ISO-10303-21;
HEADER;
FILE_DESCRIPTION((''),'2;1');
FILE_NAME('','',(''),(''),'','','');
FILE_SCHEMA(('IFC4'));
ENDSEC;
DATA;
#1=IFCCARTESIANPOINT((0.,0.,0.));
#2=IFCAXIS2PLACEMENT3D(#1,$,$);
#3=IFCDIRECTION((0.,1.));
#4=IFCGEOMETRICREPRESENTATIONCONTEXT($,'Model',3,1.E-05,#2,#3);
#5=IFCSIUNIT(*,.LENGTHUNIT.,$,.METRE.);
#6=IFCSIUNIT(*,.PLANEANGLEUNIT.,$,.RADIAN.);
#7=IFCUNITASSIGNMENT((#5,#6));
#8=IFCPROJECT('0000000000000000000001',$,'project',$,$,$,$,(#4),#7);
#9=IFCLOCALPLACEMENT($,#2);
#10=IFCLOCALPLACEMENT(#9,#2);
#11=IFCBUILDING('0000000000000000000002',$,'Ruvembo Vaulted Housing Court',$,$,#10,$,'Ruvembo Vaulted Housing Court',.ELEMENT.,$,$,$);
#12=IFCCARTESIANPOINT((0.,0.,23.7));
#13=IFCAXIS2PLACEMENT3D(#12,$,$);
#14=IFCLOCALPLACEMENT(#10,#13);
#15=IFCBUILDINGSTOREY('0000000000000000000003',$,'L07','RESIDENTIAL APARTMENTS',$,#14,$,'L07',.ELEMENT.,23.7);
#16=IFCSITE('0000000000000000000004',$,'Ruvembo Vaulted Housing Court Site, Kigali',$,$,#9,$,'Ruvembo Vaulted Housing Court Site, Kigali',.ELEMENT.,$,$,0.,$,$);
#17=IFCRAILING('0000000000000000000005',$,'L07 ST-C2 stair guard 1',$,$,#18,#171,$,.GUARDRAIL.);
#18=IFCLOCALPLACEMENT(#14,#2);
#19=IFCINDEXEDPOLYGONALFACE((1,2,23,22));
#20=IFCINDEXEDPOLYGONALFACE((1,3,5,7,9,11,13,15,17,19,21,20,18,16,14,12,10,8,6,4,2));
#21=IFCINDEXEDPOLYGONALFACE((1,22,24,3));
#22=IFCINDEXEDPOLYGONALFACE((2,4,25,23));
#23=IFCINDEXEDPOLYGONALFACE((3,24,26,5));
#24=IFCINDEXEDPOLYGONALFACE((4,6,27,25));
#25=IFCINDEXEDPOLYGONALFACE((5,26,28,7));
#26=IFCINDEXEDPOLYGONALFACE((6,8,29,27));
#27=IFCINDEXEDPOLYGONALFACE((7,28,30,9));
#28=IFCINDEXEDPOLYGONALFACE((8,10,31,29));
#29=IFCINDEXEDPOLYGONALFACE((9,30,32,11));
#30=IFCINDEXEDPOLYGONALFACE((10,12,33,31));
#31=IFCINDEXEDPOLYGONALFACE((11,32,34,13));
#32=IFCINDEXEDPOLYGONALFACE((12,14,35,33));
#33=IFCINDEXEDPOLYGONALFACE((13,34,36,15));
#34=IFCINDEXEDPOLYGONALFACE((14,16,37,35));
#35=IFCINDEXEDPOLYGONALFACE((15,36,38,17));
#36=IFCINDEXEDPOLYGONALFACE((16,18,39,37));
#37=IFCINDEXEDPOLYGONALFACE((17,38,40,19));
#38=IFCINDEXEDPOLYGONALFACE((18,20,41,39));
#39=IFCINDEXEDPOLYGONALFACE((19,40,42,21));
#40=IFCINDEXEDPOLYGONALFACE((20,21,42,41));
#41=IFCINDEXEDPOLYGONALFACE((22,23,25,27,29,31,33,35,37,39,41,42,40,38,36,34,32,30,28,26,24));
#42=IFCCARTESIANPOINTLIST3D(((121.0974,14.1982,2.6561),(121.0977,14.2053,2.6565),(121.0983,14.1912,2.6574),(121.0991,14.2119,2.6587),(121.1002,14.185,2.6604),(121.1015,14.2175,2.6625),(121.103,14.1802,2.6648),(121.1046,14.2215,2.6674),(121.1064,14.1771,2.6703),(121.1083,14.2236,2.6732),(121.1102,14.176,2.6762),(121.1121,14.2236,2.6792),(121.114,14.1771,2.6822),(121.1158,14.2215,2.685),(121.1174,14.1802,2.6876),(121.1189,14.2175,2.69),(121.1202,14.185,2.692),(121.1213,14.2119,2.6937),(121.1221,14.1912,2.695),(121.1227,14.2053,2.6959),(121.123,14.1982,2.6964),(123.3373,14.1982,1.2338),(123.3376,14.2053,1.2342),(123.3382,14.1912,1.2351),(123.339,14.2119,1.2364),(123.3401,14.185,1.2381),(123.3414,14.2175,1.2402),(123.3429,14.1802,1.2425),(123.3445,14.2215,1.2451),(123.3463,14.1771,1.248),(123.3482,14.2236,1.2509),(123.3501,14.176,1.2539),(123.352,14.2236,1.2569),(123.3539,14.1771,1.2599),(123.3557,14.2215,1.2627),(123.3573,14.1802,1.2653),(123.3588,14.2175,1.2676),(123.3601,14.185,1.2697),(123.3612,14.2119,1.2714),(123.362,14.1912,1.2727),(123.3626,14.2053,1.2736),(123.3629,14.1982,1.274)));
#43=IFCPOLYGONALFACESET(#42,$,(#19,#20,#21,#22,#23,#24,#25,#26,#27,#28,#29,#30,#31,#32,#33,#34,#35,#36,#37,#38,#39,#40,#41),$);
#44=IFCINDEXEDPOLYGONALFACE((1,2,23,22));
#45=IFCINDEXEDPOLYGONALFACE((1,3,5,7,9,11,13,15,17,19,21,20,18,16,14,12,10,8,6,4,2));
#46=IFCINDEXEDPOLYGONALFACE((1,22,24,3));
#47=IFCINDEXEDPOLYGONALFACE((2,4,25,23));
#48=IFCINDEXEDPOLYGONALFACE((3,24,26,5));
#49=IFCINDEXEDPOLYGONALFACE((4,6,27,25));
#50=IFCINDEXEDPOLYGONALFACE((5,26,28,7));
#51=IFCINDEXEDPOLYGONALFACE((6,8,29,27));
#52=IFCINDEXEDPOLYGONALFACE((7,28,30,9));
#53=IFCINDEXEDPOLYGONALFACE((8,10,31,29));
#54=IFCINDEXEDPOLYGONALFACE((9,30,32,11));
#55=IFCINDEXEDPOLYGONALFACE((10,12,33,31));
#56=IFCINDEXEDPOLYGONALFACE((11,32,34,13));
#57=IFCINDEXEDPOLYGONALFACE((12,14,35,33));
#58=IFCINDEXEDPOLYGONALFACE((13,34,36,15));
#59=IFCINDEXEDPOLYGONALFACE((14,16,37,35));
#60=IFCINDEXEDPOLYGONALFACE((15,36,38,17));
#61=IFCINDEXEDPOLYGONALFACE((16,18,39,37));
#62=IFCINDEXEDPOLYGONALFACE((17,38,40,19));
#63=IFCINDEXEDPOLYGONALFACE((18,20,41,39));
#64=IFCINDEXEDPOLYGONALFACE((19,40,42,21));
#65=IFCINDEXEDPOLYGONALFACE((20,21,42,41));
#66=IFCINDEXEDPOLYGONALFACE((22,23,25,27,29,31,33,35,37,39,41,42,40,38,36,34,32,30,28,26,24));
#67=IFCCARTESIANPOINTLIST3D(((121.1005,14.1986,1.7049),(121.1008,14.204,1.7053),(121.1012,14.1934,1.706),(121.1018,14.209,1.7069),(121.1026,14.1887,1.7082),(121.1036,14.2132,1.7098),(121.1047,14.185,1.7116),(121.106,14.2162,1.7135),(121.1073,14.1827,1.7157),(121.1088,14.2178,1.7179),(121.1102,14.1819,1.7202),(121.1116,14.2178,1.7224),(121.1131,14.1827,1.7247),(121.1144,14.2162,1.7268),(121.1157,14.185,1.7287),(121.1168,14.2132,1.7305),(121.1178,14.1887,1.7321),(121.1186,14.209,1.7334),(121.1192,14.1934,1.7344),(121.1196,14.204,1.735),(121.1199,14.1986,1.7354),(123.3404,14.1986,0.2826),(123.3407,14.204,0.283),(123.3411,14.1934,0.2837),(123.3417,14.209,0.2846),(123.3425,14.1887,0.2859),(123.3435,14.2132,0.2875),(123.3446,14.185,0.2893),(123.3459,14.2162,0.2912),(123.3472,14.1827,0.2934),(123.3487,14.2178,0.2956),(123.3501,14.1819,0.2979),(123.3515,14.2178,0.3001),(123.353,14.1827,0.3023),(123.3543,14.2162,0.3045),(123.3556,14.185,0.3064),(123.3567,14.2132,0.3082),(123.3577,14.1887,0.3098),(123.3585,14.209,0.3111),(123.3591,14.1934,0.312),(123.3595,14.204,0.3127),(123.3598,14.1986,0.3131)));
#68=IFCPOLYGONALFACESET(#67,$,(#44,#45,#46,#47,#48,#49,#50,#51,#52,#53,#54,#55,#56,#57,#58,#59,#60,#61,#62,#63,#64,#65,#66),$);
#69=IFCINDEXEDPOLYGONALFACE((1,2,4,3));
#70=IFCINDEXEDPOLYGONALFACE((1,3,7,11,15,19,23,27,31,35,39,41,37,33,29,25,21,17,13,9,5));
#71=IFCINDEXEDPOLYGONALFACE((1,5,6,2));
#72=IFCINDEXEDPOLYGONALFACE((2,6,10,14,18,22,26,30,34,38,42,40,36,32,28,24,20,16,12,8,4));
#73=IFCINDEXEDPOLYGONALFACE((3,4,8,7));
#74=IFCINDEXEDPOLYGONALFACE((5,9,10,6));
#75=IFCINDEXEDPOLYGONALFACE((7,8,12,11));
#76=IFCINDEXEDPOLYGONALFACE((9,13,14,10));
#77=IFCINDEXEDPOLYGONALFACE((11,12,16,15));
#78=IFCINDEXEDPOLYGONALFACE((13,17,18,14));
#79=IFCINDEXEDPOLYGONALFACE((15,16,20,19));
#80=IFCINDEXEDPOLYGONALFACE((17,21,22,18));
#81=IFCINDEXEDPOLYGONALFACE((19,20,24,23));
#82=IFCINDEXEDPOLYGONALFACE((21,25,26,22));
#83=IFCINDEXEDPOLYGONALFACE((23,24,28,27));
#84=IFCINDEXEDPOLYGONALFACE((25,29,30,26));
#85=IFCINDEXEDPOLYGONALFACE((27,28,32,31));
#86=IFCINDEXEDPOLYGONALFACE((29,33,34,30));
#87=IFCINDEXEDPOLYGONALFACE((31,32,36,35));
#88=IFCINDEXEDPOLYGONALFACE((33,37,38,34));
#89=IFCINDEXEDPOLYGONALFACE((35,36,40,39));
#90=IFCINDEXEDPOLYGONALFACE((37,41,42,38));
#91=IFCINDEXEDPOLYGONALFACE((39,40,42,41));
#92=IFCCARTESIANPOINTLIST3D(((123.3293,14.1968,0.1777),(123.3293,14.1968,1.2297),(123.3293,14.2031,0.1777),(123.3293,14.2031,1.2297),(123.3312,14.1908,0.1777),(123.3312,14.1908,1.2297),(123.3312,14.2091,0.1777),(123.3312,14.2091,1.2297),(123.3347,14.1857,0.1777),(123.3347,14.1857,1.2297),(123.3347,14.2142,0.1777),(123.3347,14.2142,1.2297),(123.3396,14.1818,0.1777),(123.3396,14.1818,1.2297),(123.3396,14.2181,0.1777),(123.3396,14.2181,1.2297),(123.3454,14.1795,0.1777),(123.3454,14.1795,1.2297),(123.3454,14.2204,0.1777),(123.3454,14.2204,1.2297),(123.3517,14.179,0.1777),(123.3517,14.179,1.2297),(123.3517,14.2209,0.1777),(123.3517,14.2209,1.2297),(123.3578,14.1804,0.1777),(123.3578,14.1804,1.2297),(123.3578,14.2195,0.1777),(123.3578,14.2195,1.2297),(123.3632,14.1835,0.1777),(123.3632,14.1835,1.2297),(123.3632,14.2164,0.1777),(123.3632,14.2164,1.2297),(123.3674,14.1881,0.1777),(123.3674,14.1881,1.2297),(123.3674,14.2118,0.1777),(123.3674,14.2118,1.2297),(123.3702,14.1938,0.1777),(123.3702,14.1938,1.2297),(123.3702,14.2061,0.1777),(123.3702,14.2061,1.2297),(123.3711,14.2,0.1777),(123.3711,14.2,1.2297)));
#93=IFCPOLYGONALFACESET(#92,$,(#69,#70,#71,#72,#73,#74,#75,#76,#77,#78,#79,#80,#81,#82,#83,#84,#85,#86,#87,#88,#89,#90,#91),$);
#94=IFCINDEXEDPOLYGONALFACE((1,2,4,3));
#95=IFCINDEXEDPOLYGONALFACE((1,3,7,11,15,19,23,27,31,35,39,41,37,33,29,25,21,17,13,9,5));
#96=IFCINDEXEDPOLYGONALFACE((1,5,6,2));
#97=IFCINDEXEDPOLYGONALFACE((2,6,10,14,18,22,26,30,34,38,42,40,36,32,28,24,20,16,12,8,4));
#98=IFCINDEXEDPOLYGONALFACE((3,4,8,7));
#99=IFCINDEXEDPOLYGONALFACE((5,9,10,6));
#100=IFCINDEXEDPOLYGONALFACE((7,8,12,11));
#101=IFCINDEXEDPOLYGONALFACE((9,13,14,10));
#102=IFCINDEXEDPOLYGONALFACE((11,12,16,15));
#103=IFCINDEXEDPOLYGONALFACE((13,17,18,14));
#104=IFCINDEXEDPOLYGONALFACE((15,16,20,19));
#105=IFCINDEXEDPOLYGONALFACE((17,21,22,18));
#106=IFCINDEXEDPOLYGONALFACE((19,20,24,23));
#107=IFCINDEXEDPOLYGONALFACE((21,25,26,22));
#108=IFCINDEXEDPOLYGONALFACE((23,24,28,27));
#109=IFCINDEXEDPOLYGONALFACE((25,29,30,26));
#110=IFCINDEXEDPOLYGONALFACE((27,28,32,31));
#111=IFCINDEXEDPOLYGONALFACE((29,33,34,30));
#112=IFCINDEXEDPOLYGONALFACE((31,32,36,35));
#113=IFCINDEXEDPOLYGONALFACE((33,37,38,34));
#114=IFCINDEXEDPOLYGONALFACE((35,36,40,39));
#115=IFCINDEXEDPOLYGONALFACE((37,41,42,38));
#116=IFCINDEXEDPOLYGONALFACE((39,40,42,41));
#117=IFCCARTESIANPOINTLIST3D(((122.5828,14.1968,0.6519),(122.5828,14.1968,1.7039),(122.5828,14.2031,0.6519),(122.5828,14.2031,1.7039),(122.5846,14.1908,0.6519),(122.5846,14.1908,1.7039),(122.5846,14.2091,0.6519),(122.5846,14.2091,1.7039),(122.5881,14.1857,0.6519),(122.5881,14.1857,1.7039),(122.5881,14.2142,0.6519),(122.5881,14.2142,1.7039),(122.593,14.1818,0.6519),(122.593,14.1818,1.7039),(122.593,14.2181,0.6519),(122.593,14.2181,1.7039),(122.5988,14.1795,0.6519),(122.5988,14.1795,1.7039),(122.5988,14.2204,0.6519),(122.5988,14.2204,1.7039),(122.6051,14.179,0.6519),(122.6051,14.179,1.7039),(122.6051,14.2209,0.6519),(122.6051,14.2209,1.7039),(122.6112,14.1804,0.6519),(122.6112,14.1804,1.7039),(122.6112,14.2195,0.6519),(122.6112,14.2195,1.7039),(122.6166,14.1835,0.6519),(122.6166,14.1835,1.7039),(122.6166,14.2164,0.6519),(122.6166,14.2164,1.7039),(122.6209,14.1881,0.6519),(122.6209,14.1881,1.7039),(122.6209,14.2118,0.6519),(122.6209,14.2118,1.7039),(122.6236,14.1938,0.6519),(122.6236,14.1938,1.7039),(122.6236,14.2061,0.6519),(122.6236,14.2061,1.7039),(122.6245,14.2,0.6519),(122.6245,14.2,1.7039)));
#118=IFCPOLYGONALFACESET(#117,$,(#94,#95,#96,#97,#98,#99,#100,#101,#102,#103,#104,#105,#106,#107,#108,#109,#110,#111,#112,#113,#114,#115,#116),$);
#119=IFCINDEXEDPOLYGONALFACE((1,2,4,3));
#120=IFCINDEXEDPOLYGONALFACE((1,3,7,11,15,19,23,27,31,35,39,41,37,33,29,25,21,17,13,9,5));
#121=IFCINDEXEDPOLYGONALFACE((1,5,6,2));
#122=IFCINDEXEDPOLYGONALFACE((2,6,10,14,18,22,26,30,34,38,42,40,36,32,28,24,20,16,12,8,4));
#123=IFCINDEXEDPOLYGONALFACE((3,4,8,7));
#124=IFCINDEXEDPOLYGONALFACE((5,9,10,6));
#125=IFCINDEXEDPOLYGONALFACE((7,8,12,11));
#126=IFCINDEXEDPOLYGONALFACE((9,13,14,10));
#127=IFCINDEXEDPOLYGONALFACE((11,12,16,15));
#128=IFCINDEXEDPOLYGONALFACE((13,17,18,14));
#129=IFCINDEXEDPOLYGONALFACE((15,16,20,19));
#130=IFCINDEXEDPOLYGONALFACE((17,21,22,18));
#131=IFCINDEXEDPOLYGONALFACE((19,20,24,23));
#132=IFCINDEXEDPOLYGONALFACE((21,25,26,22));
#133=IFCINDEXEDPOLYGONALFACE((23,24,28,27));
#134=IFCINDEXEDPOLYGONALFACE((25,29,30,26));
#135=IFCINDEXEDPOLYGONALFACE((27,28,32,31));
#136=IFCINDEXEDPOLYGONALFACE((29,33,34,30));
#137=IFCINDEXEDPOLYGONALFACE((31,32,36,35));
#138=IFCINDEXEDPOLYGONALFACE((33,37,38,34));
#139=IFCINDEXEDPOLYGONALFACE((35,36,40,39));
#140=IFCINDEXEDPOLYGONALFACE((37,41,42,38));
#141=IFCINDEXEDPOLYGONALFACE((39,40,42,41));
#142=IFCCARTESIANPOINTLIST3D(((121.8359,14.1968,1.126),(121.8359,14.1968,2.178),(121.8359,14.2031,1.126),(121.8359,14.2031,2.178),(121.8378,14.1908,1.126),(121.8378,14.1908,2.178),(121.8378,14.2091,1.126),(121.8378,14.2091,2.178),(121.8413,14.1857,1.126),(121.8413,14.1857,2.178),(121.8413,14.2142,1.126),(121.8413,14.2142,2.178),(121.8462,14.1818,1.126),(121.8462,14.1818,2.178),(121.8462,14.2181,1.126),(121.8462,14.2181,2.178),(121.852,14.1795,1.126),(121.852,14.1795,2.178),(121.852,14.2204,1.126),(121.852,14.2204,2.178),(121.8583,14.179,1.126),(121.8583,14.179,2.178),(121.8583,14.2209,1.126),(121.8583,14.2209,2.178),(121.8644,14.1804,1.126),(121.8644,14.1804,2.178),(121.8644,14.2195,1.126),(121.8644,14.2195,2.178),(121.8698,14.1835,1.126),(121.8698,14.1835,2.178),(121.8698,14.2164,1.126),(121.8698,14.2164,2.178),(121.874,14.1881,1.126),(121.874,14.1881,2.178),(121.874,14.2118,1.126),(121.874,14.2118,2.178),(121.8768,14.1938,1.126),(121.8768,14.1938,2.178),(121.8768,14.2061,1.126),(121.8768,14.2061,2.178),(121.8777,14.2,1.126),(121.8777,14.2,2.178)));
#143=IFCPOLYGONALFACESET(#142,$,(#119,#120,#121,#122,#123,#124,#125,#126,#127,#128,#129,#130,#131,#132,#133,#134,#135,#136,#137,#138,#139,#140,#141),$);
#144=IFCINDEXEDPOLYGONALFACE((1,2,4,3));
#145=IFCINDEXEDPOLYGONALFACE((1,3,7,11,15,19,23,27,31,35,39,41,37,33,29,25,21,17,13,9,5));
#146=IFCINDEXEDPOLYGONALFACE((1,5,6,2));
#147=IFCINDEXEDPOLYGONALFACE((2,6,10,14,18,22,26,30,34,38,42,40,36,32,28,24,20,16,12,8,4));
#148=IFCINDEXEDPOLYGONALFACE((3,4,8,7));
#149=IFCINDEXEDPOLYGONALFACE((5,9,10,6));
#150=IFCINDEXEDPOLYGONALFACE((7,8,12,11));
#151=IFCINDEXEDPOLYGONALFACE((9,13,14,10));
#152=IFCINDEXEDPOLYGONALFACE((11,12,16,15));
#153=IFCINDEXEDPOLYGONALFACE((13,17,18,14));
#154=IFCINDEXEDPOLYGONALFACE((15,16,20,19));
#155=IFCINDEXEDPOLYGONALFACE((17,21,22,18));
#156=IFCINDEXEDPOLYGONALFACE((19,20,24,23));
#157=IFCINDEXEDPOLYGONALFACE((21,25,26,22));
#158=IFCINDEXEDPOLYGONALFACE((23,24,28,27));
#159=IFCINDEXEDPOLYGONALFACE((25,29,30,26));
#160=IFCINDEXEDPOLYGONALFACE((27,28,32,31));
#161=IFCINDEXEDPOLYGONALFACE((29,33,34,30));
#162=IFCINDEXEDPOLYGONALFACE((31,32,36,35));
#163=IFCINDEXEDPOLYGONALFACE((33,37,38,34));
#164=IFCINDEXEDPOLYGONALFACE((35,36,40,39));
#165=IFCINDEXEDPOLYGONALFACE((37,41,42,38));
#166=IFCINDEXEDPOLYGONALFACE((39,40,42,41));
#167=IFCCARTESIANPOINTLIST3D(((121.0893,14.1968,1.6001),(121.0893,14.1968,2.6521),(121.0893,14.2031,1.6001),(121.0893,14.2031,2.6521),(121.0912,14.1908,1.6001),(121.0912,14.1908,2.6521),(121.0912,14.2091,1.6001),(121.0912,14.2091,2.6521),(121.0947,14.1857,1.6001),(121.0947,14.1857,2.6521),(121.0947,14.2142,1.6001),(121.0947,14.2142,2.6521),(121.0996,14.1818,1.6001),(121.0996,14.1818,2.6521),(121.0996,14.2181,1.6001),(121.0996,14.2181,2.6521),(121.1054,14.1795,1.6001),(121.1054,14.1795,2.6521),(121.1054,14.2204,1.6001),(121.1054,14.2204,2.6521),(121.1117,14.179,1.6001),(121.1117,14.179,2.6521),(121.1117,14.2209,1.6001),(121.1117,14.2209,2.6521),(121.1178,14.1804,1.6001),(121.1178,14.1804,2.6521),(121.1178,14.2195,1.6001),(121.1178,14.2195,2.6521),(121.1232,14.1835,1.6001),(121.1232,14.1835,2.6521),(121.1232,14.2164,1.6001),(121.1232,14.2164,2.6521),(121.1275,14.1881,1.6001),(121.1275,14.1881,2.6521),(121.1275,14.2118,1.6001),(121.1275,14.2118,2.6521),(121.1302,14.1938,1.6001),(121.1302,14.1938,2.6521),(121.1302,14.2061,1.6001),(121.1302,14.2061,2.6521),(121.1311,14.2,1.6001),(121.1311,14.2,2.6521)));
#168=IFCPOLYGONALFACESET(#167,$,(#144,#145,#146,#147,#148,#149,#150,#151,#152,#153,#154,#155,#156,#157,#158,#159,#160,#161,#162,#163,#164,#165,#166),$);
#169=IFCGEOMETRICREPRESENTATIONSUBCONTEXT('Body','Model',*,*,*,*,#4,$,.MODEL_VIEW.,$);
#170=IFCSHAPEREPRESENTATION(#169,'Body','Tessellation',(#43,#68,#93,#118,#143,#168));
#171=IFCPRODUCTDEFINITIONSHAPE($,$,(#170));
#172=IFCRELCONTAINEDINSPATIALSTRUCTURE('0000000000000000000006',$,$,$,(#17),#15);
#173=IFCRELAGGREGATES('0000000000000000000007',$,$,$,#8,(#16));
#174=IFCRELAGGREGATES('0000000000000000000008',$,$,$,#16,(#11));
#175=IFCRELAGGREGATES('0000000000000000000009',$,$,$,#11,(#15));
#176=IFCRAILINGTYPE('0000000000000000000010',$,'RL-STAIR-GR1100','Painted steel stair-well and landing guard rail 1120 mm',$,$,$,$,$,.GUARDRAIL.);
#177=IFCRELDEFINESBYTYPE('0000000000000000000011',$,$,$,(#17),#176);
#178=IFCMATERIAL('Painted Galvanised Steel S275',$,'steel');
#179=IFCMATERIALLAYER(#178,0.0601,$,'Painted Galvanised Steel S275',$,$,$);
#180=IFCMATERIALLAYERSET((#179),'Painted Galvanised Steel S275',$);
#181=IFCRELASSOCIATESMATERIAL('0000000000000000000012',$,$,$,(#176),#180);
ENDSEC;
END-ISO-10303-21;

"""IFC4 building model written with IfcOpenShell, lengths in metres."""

from ifc_helpers import new_model, si_unit, direction, frame, origin, origin_2d, place, context, subcontext, project, spatial, circle, extrude, material, layer, layer_set, type_object, element, save


model = new_model("IFC4")

# Units and contexts
model_context = context("Model", 3, precision=1e-05, world=origin(), true_north=direction((0.0, 1.0)))
body_context = subcontext(model_context, "Body", "Model", "MODEL_VIEW")
ifc_project = project(units=[si_unit("LENGTHUNIT", "METRE"), si_unit("PLANEANGLEUNIT", "RADIAN")], contexts=[model_context])

# Site, building, storey
site_placement = place(None, origin())
site = spatial("IfcSite", under=ifc_project, at=site_placement, Name="Ruvembo Vaulted Housing Court Site, Kigali", LongName="Ruvembo Vaulted Housing Court Site, Kigali", CompositionType="ELEMENT", RefElevation=0.0)
building_placement = place(site_placement, origin())
building = spatial("IfcBuilding", under=site, at=building_placement, Name="Ruvembo Vaulted Housing Court", LongName="Ruvembo Vaulted Housing Court", CompositionType="ELEMENT")
storey_placement = place(building_placement, frame((0.0, 0.0, 23.7)))
storey = spatial("IfcBuildingStorey", under=building, at=storey_placement, Name="L07", Description="RESIDENTIAL APARTMENTS", LongName="L07", CompositionType="ELEMENT", Elevation=23.7)

# Railing
ifc_material_1 = material(Name="Painted Galvanised Steel S275", Category="steel")
ifc_layer_1 = layer(ifc_material_1, 0.0601, Name="Painted Galvanised Steel S275")
ifc_layer_set_1 = layer_set([ifc_layer_1], Name="Painted Galvanised Steel S275")
railing_type_1 = type_object("IfcRailingType", Name="RL-STAIR-GR1100", Description="Painted steel stair-well and landing guard rail 1120 mm", PredefinedType="GUARDRAIL", material=ifc_layer_set_1)
railing_1_placement = place(storey_placement, frame((123.3501, 14.2, 0.1777)))
element("IfcRailing", 1, at=railing_1_placement, inside=storey, type_object=railing_type_1, Name="L07 ST-C2 stair guard 1", PredefinedType="GUARDRAIL", context=body_context, shape_type="SweptSolid", body=[
    extrude(circle(Radius=0.0239, at=origin_2d()), frame((0.0, 0.0, 1.0762), z_axis=(-0.844188, 0.0, 0.536048), x_axis=(0.0, -1.0, 0.0)), (0.0, 0.0, 1.0), 2.6533),
    extrude(circle(Radius=0.0181, at=origin_2d()), frame((0.0, 0.0, 0.1201), z_axis=(-0.844188, 0.0, 0.536048), x_axis=(0.0, -1.0, 0.0)), (0.0, 0.0, 1.0), 2.6533),
    extrude(circle(Radius=0.021, at=origin_2d()), origin(), (0.0, 0.0, 1.0), 1.052),
    extrude(circle(Radius=0.021, at=origin_2d()), frame((-0.7466, 0.0, 0.4741)), (0.0, 0.0, 1.0), 1.052),
    extrude(circle(Radius=0.021, at=origin_2d()), frame((-1.4934, 0.0, 0.9482)), (0.0, 0.0, 1.0), 1.052),
    extrude(circle(Radius=0.021, at=origin_2d()), frame((-2.24, 0.0, 1.4224)), (0.0, 0.0, 1.0), 1.052),
])

save(model, "model.ifc")
